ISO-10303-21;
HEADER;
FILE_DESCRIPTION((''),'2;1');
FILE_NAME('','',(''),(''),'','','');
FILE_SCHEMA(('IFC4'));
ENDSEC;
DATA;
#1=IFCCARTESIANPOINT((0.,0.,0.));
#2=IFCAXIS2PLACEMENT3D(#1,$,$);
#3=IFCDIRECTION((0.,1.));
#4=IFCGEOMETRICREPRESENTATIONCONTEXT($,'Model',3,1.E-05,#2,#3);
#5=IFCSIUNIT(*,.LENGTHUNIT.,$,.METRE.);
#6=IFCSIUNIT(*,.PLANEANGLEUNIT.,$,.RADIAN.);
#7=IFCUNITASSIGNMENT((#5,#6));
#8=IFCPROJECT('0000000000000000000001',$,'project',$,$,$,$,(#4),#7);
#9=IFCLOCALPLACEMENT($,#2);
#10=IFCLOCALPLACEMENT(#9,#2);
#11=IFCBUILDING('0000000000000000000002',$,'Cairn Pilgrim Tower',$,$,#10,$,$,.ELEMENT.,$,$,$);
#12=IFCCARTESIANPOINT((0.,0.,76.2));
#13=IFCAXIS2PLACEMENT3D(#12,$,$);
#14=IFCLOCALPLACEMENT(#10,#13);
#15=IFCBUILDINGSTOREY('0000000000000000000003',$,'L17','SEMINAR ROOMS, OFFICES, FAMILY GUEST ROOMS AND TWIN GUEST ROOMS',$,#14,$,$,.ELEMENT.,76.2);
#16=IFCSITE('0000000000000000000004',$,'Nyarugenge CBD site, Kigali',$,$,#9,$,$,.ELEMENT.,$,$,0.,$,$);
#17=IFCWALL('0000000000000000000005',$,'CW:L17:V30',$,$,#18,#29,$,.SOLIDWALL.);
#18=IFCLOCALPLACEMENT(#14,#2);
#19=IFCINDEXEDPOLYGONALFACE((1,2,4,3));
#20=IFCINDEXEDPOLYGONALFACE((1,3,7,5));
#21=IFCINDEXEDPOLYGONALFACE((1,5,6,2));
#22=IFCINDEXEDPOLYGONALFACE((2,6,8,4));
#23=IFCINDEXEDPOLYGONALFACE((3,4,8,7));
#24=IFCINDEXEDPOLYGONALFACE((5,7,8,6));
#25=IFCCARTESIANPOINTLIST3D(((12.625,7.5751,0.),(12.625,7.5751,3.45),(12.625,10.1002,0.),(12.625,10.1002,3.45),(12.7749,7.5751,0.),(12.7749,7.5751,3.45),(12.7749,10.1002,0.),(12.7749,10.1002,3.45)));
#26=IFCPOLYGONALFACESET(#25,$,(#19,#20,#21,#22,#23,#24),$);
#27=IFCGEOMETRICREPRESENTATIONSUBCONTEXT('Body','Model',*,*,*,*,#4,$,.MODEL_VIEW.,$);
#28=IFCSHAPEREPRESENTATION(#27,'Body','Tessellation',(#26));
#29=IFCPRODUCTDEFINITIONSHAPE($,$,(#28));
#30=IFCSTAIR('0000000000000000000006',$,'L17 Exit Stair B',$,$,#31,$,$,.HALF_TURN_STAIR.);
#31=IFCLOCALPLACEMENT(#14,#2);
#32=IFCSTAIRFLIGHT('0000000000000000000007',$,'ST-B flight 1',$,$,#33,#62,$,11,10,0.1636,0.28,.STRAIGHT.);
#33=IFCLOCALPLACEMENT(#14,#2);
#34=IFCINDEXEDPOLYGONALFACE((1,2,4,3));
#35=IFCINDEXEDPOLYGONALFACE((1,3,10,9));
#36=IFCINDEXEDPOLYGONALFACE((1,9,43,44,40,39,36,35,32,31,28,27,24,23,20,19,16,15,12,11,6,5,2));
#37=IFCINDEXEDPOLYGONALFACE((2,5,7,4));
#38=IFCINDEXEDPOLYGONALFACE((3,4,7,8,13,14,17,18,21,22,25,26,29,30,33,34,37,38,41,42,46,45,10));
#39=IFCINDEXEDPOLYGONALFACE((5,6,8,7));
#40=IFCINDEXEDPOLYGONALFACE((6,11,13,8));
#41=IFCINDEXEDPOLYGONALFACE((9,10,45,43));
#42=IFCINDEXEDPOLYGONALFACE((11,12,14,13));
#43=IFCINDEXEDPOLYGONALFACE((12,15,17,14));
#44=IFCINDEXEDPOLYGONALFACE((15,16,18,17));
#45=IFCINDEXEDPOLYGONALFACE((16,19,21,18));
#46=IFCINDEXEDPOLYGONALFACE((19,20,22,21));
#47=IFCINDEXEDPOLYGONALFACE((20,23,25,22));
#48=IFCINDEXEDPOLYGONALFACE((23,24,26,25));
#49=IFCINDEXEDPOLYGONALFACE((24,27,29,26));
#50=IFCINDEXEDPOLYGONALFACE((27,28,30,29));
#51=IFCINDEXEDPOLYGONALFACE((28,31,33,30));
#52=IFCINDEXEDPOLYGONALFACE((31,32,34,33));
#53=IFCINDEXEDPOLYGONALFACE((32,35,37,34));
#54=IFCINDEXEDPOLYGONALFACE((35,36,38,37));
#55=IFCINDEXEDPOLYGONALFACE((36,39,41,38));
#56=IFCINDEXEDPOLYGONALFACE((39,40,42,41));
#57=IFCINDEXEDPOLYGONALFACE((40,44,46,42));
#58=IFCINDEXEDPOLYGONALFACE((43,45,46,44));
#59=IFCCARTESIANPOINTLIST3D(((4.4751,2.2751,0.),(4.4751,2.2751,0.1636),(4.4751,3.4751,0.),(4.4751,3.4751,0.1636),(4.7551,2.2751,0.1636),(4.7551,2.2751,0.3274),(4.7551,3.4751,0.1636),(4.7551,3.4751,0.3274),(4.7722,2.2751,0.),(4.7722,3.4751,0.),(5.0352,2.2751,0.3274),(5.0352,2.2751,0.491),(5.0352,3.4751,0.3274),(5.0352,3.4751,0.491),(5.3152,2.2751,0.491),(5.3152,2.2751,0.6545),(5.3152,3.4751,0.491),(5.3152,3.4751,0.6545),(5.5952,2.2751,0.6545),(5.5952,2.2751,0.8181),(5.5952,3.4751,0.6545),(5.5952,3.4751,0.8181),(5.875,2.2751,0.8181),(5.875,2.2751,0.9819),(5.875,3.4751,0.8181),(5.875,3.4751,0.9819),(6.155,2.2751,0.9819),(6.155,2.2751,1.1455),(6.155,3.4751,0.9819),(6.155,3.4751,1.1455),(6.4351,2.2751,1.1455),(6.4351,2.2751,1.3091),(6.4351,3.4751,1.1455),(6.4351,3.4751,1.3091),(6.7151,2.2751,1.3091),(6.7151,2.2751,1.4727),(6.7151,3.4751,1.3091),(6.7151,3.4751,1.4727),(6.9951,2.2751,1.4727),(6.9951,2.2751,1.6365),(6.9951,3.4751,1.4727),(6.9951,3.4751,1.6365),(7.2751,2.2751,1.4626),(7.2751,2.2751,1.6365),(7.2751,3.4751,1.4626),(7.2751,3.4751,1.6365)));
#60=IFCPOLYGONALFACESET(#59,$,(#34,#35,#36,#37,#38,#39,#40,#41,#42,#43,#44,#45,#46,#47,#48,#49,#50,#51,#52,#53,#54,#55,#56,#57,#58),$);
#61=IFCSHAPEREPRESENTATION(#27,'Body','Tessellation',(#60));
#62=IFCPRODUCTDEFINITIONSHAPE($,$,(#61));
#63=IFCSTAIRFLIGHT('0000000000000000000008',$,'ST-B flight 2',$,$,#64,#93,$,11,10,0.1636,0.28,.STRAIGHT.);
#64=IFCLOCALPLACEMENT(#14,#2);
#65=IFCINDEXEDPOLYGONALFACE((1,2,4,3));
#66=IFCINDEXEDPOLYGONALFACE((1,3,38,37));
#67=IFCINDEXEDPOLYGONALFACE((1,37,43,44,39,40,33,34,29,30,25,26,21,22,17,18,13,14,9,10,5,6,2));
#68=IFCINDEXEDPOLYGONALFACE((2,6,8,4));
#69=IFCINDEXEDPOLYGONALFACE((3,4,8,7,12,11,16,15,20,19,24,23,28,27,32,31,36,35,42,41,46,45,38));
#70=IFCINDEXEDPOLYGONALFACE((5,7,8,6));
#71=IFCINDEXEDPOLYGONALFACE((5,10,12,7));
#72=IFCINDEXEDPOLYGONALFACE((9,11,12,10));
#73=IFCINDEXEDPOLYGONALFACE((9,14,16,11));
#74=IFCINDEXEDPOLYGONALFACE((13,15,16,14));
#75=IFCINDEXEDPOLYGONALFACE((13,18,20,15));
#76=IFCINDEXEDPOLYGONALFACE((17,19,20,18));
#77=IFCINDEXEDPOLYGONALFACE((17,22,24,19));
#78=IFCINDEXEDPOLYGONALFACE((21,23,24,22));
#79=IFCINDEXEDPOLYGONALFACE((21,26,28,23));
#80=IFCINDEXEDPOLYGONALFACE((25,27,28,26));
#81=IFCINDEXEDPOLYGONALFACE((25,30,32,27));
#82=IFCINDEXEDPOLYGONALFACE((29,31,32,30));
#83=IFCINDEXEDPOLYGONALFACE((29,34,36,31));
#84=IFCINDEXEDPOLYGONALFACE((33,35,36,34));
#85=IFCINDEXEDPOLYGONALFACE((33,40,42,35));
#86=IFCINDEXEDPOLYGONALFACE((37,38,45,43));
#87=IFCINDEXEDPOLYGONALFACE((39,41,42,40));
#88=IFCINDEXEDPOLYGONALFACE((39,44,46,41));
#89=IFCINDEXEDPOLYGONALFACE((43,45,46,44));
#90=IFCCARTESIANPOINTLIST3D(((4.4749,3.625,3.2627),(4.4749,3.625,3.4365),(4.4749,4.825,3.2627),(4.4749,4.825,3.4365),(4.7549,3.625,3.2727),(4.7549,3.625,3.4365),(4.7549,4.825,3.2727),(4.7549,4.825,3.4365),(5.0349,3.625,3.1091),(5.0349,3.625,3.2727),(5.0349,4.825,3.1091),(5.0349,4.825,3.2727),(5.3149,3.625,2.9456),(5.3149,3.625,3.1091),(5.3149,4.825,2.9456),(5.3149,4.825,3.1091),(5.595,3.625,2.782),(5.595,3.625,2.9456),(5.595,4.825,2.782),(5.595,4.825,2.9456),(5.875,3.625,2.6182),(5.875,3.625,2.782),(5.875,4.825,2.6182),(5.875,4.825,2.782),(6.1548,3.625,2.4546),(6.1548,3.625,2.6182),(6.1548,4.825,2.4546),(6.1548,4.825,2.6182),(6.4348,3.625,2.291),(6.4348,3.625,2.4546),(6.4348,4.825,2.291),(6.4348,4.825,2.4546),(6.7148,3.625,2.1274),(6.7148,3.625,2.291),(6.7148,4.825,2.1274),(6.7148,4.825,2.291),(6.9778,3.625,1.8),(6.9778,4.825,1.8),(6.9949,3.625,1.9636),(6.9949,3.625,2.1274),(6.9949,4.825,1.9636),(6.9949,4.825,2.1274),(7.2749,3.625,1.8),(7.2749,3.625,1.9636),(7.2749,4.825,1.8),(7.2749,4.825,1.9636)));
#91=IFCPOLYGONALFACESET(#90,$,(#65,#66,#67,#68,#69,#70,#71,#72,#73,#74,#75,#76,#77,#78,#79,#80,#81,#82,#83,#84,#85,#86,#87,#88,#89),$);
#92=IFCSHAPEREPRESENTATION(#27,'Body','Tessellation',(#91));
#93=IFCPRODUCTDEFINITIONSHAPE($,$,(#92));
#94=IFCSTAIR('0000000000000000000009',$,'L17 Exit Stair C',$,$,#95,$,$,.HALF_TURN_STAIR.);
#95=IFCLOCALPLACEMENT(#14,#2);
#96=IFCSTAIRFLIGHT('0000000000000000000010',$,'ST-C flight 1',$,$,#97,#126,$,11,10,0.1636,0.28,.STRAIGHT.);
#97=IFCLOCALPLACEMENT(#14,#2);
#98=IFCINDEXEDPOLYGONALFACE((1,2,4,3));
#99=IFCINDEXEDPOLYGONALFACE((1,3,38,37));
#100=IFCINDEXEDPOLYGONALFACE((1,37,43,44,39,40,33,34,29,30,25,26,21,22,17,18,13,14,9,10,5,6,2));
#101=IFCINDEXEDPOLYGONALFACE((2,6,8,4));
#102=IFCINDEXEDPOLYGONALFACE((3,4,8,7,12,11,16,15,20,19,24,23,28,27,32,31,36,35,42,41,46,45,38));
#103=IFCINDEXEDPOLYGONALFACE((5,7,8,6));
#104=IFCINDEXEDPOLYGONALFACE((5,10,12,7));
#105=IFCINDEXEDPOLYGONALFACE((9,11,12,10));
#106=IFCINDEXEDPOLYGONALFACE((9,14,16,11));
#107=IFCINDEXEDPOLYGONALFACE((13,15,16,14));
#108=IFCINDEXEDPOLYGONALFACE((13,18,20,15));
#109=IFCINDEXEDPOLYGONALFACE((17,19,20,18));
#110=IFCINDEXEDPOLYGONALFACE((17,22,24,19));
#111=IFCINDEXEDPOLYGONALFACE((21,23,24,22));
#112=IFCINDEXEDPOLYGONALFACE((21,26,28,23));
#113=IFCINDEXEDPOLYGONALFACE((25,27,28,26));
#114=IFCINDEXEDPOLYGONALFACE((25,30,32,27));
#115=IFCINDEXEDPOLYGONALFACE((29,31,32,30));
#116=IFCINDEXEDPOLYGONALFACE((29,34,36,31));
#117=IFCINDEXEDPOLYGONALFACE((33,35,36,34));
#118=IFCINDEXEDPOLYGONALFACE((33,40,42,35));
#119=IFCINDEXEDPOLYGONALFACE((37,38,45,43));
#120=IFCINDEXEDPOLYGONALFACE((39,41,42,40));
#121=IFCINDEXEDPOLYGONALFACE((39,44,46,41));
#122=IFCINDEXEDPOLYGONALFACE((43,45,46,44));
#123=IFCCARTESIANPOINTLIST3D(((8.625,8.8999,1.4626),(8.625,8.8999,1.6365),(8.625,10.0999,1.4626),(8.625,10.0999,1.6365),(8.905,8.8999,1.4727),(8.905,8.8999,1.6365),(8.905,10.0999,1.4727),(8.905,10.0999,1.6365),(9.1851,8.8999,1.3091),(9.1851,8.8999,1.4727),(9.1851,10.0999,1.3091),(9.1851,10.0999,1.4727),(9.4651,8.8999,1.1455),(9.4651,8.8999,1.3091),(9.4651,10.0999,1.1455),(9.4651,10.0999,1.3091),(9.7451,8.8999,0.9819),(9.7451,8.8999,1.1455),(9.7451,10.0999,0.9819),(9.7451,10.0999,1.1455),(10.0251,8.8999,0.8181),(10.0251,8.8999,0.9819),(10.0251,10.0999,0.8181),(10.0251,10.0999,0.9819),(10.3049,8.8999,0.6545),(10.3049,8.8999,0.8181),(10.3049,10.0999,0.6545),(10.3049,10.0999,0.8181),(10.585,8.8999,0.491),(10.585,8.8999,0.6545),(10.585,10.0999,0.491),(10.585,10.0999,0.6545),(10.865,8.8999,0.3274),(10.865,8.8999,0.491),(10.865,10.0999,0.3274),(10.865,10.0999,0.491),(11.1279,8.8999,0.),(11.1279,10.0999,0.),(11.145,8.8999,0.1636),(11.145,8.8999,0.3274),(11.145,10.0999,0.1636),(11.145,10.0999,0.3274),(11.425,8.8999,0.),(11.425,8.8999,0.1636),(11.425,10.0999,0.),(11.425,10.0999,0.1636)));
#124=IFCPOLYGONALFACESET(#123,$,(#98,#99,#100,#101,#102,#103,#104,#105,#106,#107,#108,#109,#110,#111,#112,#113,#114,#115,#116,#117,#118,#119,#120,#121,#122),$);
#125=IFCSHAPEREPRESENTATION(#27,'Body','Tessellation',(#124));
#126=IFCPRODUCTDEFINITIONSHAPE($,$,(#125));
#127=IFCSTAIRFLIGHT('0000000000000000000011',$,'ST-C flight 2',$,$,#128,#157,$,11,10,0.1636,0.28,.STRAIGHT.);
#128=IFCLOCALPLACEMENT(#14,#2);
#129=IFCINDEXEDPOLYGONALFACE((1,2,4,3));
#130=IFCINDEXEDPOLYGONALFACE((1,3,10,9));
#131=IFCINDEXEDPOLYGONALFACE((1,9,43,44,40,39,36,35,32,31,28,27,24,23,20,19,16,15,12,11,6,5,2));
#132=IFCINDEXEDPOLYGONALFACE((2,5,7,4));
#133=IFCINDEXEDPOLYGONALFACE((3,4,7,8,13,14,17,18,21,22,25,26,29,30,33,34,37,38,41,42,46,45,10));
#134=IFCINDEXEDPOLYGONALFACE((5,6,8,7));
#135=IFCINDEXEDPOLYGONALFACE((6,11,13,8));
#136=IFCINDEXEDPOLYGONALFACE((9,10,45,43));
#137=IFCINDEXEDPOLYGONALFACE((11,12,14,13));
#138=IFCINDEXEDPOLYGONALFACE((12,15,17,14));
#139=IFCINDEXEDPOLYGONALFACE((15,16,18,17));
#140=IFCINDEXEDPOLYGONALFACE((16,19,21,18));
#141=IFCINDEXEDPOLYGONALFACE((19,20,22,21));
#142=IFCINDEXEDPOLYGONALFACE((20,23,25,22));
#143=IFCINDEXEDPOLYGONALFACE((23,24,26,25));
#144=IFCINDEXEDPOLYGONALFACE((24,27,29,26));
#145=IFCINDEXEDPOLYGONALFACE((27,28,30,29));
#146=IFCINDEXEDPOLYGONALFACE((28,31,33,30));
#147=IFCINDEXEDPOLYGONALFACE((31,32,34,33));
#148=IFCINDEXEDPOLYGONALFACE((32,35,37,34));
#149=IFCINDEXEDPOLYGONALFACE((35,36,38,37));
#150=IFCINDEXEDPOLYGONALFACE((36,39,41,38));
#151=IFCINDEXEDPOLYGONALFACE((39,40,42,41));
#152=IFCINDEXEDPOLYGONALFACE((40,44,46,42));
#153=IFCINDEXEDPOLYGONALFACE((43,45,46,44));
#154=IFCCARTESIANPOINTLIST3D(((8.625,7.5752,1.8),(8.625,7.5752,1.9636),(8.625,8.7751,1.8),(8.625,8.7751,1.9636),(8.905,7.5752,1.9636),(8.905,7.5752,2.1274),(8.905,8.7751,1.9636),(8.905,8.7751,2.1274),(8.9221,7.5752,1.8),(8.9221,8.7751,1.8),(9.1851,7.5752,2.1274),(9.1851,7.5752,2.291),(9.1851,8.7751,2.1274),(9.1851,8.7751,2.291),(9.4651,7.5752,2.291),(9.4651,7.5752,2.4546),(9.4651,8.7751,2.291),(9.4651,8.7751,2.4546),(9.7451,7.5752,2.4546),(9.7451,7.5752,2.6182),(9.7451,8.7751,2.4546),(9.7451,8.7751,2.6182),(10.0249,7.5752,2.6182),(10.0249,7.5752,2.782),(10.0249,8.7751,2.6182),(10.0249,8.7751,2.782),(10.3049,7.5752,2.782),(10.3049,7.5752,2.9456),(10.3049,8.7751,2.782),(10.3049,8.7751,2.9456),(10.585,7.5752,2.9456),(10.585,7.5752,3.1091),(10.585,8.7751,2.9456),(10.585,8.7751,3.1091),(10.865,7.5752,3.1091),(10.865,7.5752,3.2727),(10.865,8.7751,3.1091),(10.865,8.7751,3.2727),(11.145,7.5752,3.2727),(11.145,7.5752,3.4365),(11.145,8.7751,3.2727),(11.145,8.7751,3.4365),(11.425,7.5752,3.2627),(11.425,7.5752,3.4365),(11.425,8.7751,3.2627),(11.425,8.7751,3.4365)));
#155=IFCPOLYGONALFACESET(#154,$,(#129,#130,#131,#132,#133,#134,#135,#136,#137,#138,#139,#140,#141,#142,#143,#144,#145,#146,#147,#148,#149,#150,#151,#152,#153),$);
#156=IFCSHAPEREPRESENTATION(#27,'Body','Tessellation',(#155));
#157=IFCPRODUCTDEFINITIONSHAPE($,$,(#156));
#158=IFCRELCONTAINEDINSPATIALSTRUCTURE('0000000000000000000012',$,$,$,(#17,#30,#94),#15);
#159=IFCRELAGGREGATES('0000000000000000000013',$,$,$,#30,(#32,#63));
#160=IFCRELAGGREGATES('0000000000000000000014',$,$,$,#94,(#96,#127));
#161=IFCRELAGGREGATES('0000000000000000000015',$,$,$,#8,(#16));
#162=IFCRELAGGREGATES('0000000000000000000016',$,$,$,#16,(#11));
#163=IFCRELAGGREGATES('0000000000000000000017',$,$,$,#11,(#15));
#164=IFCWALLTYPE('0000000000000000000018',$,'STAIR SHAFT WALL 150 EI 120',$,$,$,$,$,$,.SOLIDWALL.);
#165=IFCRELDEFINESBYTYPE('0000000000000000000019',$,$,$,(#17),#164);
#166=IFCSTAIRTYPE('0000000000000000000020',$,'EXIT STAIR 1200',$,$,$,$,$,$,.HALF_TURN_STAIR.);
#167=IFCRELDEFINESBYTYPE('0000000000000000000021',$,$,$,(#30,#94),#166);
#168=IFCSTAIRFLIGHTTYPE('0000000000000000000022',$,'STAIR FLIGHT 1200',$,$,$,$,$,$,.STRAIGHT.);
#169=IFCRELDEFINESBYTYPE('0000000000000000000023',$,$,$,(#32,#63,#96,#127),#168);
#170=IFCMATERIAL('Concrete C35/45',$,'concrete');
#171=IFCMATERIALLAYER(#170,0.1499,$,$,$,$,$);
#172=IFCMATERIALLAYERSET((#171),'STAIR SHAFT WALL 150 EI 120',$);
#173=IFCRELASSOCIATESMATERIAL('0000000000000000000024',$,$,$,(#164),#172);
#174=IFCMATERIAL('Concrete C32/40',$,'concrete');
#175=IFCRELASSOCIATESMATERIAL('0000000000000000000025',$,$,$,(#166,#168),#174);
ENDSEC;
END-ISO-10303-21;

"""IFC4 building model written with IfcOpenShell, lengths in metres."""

from ifc_helpers import new_model, si_unit, direction, frame, frame_2d, origin, place, context, subcontext, project, spatial, polyline, rectangle, outline, extrude, material, layer, layer_set, type_object, element, aggregate, save


model = new_model("IFC4")

# Units and contexts
model_context = context("Model", 3, precision=1e-05, world=origin(), true_north=direction((0.0, 1.0)))
body_context = subcontext(model_context, "Body", "Model", "MODEL_VIEW")
ifc_project = project(units=[si_unit("LENGTHUNIT", "METRE"), si_unit("PLANEANGLEUNIT", "RADIAN")], contexts=[model_context])

# Site, building, storey
site_placement = place(None, origin())
site = spatial("IfcSite", under=ifc_project, at=site_placement, Name="Nyarugenge CBD site, Kigali", CompositionType="ELEMENT", RefElevation=0.0)
building_placement = place(site_placement, origin())
building = spatial("IfcBuilding", under=site, at=building_placement, Name="Cairn Pilgrim Tower", CompositionType="ELEMENT")
storey_placement = place(building_placement, frame((0.0, 0.0, 76.2)))
storey = spatial("IfcBuildingStorey", under=building, at=storey_placement, Name="L17", Description="SEMINAR ROOMS, OFFICES, FAMILY GUEST ROOMS AND TWIN GUEST ROOMS", CompositionType="ELEMENT", Elevation=76.2)

# Shared definitions
ifc_material_1 = material(Name="Concrete C32/40", Category="concrete")

# Shared definitions
ifc_material_2 = material(Name="Concrete C35/45", Category="concrete")
ifc_layer_1 = layer(ifc_material_2, 0.1499)
ifc_layer_set_1 = layer_set([ifc_layer_1], Name="STAIR SHAFT WALL 150 EI 120")
wall_type_1 = type_object("IfcWallType", Name="STAIR SHAFT WALL 150 EI 120", PredefinedType="SOLIDWALL", material=ifc_layer_set_1)

# Wall
wall_1_placement = place(storey_placement, frame((12.7, 7.575, 0.0), z_axis=(0.0, 0.0, 1.0), x_axis=(0.0, 1.0, 0.0)))
element("IfcWall", 1, at=wall_1_placement, inside=storey, type_object=wall_type_1, Name="CW:L17:V30", PredefinedType="SOLIDWALL", context=body_context, shape_type="SweptSolid", body=[
    extrude(rectangle(XDim=2.5251, YDim=0.1499, at=frame_2d((1.2627, 0.0))), origin(), (0.0, 0.0, 1.0), 3.45),
])

# Stairs, stair flights
stair_type = type_object("IfcStairType", Name="EXIT STAIR 1200", PredefinedType="HALF_TURN_STAIR", material=ifc_material_1)
stair_1_placement = place(storey_placement, origin())
stair_1 = element("IfcStair", 2, at=stair_1_placement, inside=storey, type_object=stair_type, Name="L17 Exit Stair B", PredefinedType="HALF_TURN_STAIR")
stair_flight_type = type_object("IfcStairFlightType", Name="STAIR FLIGHT 1200", PredefinedType="STRAIGHT", material=ifc_material_1)
stair_flight_1_placement = place(storey_placement, frame((4.4751, 2.875, 0.0), z_axis=(0.0, 0.0, 1.0), x_axis=(1.0, 0.0, 0.0)))
stair_flight_1 = element("IfcStairFlight", 3, at=stair_flight_1_placement, type_object=stair_flight_type, Name="ST-B flight 1", NumberOfRisers=11, NumberOfTreads=10, PredefinedType="STRAIGHT", RiserHeight=0.1636, TreadLength=0.28, context=body_context, shape_type="SweptSolid", body=[
    extrude(outline(polyline([(0.0, 0.0), (0.0, 0.1636), (0.28, 0.1636), (0.28, 0.3274), (0.5601, 0.3274), (0.5601, 0.491), (0.8401, 0.491), (0.8401, 0.6545), (1.1201, 0.6545), (1.1201, 0.8181), (1.3999, 0.8181), (1.3999, 0.9819), (1.6799, 0.9819), (1.6799, 1.1455), (1.96, 1.1455), (1.96, 1.3091), (2.24, 1.3091), (2.24, 1.4727), (2.52, 1.4727), (2.52, 1.6365), (2.8, 1.6365), (2.8, 1.8), (2.8, 1.4626), (0.2971, 0.0), (0.0, 0.0)])), frame((0.0, 0.6001, 0.0), z_axis=(0.0, -1.0, 0.0), x_axis=(1.0, 0.0, 0.0)), (0.0, 0.0, 1.0), 1.2),
])
stair_flight_2_placement = place(storey_placement, frame((7.2749, 4.2251, 1.8), z_axis=(0.0, 0.0, 1.0), x_axis=(-1.0, 0.0, 0.0)))
stair_flight_2 = element("IfcStairFlight", 4, at=stair_flight_2_placement, type_object=stair_flight_type, Name="ST-B flight 2", NumberOfRisers=11, NumberOfTreads=10, PredefinedType="STRAIGHT", RiserHeight=0.1636, TreadLength=0.28, context=body_context, shape_type="SweptSolid", body=[
    extrude(outline(polyline([(0.0, 0.0), (0.0, 0.1636), (0.28, 0.1636), (0.28, 0.3274), (0.5601, 0.3274), (0.5601, 0.491), (0.8401, 0.491), (0.8401, 0.6545), (1.1201, 0.6545), (1.1201, 0.8181), (1.3999, 0.8181), (1.3999, 0.9819), (1.6799, 0.9819), (1.6799, 1.1455), (1.96, 1.1455), (1.96, 1.3091), (2.24, 1.3091), (2.24, 1.4727), (2.52, 1.4727), (2.52, 1.6365), (2.8, 1.6365), (2.8, 1.8), (2.8, 1.4626), (0.2971, 0.0), (0.0, 0.0)])), frame((0.0, 0.6001, 0.0), z_axis=(0.0, -1.0, 0.0), x_axis=(1.0, 0.0, 0.0)), (0.0, 0.0, 1.0), 1.2),
])
aggregate(stair_1, [stair_flight_1, stair_flight_2])
stair_2_placement = place(storey_placement, origin())
stair_2 = element("IfcStair", 5, at=stair_2_placement, inside=storey, type_object=stair_type, Name="L17 Exit Stair C", PredefinedType="HALF_TURN_STAIR")
stair_flight_3_placement = place(storey_placement, frame((11.425, 9.5, 0.0), z_axis=(0.0, 0.0, 1.0), x_axis=(-1.0, 0.0, 0.0)))
stair_flight_3 = element("IfcStairFlight", 6, at=stair_flight_3_placement, type_object=stair_flight_type, Name="ST-C flight 1", NumberOfRisers=11, NumberOfTreads=10, PredefinedType="STRAIGHT", RiserHeight=0.1636, TreadLength=0.28, context=body_context, shape_type="SweptSolid", body=[
    extrude(outline(polyline([(0.0, 0.0), (0.0, 0.1636), (0.28, 0.1636), (0.28, 0.3274), (0.5601, 0.3274), (0.5601, 0.491), (0.8401, 0.491), (0.8401, 0.6545), (1.1201, 0.6545), (1.1201, 0.8181), (1.3999, 0.8181), (1.3999, 0.9819), (1.6799, 0.9819), (1.6799, 1.1455), (1.96, 1.1455), (1.96, 1.3091), (2.24, 1.3091), (2.24, 1.4727), (2.52, 1.4727), (2.52, 1.6365), (2.8, 1.6365), (2.8, 1.8), (2.8, 1.4626), (0.2971, 0.0), (0.0, 0.0)])), frame((0.0, 0.6001, 0.0), z_axis=(0.0, -1.0, 0.0), x_axis=(1.0, 0.0, 0.0)), (0.0, 0.0, 1.0), 1.2),
])
stair_flight_4_placement = place(storey_placement, frame((8.625, 8.175, 1.8), z_axis=(0.0, 0.0, 1.0), x_axis=(1.0, 0.0, 0.0)))
stair_flight_4 = element("IfcStairFlight", 7, at=stair_flight_4_placement, type_object=stair_flight_type, Name="ST-C flight 2", NumberOfRisers=11, NumberOfTreads=10, PredefinedType="STRAIGHT", RiserHeight=0.1636, TreadLength=0.28, context=body_context, shape_type="SweptSolid", body=[
    extrude(outline(polyline([(0.0, 0.0), (0.0, 0.1636), (0.28, 0.1636), (0.28, 0.3274), (0.5601, 0.3274), (0.5601, 0.491), (0.8401, 0.491), (0.8401, 0.6545), (1.1201, 0.6545), (1.1201, 0.8181), (1.3999, 0.8181), (1.3999, 0.9819), (1.6799, 0.9819), (1.6799, 1.1455), (1.96, 1.1455), (1.96, 1.3091), (2.24, 1.3091), (2.24, 1.4727), (2.52, 1.4727), (2.52, 1.6365), (2.8, 1.6365), (2.8, 1.8), (2.8, 1.4626), (0.2971, 0.0), (0.0, 0.0)])), frame((0.0, 0.6001, 0.0), z_axis=(0.0, -1.0, 0.0), x_axis=(1.0, 0.0, 0.0)), (0.0, 0.0, 1.0), 1.2),
])
aggregate(stair_2, [stair_flight_3, stair_flight_4])

save(model, "model.ifc")
